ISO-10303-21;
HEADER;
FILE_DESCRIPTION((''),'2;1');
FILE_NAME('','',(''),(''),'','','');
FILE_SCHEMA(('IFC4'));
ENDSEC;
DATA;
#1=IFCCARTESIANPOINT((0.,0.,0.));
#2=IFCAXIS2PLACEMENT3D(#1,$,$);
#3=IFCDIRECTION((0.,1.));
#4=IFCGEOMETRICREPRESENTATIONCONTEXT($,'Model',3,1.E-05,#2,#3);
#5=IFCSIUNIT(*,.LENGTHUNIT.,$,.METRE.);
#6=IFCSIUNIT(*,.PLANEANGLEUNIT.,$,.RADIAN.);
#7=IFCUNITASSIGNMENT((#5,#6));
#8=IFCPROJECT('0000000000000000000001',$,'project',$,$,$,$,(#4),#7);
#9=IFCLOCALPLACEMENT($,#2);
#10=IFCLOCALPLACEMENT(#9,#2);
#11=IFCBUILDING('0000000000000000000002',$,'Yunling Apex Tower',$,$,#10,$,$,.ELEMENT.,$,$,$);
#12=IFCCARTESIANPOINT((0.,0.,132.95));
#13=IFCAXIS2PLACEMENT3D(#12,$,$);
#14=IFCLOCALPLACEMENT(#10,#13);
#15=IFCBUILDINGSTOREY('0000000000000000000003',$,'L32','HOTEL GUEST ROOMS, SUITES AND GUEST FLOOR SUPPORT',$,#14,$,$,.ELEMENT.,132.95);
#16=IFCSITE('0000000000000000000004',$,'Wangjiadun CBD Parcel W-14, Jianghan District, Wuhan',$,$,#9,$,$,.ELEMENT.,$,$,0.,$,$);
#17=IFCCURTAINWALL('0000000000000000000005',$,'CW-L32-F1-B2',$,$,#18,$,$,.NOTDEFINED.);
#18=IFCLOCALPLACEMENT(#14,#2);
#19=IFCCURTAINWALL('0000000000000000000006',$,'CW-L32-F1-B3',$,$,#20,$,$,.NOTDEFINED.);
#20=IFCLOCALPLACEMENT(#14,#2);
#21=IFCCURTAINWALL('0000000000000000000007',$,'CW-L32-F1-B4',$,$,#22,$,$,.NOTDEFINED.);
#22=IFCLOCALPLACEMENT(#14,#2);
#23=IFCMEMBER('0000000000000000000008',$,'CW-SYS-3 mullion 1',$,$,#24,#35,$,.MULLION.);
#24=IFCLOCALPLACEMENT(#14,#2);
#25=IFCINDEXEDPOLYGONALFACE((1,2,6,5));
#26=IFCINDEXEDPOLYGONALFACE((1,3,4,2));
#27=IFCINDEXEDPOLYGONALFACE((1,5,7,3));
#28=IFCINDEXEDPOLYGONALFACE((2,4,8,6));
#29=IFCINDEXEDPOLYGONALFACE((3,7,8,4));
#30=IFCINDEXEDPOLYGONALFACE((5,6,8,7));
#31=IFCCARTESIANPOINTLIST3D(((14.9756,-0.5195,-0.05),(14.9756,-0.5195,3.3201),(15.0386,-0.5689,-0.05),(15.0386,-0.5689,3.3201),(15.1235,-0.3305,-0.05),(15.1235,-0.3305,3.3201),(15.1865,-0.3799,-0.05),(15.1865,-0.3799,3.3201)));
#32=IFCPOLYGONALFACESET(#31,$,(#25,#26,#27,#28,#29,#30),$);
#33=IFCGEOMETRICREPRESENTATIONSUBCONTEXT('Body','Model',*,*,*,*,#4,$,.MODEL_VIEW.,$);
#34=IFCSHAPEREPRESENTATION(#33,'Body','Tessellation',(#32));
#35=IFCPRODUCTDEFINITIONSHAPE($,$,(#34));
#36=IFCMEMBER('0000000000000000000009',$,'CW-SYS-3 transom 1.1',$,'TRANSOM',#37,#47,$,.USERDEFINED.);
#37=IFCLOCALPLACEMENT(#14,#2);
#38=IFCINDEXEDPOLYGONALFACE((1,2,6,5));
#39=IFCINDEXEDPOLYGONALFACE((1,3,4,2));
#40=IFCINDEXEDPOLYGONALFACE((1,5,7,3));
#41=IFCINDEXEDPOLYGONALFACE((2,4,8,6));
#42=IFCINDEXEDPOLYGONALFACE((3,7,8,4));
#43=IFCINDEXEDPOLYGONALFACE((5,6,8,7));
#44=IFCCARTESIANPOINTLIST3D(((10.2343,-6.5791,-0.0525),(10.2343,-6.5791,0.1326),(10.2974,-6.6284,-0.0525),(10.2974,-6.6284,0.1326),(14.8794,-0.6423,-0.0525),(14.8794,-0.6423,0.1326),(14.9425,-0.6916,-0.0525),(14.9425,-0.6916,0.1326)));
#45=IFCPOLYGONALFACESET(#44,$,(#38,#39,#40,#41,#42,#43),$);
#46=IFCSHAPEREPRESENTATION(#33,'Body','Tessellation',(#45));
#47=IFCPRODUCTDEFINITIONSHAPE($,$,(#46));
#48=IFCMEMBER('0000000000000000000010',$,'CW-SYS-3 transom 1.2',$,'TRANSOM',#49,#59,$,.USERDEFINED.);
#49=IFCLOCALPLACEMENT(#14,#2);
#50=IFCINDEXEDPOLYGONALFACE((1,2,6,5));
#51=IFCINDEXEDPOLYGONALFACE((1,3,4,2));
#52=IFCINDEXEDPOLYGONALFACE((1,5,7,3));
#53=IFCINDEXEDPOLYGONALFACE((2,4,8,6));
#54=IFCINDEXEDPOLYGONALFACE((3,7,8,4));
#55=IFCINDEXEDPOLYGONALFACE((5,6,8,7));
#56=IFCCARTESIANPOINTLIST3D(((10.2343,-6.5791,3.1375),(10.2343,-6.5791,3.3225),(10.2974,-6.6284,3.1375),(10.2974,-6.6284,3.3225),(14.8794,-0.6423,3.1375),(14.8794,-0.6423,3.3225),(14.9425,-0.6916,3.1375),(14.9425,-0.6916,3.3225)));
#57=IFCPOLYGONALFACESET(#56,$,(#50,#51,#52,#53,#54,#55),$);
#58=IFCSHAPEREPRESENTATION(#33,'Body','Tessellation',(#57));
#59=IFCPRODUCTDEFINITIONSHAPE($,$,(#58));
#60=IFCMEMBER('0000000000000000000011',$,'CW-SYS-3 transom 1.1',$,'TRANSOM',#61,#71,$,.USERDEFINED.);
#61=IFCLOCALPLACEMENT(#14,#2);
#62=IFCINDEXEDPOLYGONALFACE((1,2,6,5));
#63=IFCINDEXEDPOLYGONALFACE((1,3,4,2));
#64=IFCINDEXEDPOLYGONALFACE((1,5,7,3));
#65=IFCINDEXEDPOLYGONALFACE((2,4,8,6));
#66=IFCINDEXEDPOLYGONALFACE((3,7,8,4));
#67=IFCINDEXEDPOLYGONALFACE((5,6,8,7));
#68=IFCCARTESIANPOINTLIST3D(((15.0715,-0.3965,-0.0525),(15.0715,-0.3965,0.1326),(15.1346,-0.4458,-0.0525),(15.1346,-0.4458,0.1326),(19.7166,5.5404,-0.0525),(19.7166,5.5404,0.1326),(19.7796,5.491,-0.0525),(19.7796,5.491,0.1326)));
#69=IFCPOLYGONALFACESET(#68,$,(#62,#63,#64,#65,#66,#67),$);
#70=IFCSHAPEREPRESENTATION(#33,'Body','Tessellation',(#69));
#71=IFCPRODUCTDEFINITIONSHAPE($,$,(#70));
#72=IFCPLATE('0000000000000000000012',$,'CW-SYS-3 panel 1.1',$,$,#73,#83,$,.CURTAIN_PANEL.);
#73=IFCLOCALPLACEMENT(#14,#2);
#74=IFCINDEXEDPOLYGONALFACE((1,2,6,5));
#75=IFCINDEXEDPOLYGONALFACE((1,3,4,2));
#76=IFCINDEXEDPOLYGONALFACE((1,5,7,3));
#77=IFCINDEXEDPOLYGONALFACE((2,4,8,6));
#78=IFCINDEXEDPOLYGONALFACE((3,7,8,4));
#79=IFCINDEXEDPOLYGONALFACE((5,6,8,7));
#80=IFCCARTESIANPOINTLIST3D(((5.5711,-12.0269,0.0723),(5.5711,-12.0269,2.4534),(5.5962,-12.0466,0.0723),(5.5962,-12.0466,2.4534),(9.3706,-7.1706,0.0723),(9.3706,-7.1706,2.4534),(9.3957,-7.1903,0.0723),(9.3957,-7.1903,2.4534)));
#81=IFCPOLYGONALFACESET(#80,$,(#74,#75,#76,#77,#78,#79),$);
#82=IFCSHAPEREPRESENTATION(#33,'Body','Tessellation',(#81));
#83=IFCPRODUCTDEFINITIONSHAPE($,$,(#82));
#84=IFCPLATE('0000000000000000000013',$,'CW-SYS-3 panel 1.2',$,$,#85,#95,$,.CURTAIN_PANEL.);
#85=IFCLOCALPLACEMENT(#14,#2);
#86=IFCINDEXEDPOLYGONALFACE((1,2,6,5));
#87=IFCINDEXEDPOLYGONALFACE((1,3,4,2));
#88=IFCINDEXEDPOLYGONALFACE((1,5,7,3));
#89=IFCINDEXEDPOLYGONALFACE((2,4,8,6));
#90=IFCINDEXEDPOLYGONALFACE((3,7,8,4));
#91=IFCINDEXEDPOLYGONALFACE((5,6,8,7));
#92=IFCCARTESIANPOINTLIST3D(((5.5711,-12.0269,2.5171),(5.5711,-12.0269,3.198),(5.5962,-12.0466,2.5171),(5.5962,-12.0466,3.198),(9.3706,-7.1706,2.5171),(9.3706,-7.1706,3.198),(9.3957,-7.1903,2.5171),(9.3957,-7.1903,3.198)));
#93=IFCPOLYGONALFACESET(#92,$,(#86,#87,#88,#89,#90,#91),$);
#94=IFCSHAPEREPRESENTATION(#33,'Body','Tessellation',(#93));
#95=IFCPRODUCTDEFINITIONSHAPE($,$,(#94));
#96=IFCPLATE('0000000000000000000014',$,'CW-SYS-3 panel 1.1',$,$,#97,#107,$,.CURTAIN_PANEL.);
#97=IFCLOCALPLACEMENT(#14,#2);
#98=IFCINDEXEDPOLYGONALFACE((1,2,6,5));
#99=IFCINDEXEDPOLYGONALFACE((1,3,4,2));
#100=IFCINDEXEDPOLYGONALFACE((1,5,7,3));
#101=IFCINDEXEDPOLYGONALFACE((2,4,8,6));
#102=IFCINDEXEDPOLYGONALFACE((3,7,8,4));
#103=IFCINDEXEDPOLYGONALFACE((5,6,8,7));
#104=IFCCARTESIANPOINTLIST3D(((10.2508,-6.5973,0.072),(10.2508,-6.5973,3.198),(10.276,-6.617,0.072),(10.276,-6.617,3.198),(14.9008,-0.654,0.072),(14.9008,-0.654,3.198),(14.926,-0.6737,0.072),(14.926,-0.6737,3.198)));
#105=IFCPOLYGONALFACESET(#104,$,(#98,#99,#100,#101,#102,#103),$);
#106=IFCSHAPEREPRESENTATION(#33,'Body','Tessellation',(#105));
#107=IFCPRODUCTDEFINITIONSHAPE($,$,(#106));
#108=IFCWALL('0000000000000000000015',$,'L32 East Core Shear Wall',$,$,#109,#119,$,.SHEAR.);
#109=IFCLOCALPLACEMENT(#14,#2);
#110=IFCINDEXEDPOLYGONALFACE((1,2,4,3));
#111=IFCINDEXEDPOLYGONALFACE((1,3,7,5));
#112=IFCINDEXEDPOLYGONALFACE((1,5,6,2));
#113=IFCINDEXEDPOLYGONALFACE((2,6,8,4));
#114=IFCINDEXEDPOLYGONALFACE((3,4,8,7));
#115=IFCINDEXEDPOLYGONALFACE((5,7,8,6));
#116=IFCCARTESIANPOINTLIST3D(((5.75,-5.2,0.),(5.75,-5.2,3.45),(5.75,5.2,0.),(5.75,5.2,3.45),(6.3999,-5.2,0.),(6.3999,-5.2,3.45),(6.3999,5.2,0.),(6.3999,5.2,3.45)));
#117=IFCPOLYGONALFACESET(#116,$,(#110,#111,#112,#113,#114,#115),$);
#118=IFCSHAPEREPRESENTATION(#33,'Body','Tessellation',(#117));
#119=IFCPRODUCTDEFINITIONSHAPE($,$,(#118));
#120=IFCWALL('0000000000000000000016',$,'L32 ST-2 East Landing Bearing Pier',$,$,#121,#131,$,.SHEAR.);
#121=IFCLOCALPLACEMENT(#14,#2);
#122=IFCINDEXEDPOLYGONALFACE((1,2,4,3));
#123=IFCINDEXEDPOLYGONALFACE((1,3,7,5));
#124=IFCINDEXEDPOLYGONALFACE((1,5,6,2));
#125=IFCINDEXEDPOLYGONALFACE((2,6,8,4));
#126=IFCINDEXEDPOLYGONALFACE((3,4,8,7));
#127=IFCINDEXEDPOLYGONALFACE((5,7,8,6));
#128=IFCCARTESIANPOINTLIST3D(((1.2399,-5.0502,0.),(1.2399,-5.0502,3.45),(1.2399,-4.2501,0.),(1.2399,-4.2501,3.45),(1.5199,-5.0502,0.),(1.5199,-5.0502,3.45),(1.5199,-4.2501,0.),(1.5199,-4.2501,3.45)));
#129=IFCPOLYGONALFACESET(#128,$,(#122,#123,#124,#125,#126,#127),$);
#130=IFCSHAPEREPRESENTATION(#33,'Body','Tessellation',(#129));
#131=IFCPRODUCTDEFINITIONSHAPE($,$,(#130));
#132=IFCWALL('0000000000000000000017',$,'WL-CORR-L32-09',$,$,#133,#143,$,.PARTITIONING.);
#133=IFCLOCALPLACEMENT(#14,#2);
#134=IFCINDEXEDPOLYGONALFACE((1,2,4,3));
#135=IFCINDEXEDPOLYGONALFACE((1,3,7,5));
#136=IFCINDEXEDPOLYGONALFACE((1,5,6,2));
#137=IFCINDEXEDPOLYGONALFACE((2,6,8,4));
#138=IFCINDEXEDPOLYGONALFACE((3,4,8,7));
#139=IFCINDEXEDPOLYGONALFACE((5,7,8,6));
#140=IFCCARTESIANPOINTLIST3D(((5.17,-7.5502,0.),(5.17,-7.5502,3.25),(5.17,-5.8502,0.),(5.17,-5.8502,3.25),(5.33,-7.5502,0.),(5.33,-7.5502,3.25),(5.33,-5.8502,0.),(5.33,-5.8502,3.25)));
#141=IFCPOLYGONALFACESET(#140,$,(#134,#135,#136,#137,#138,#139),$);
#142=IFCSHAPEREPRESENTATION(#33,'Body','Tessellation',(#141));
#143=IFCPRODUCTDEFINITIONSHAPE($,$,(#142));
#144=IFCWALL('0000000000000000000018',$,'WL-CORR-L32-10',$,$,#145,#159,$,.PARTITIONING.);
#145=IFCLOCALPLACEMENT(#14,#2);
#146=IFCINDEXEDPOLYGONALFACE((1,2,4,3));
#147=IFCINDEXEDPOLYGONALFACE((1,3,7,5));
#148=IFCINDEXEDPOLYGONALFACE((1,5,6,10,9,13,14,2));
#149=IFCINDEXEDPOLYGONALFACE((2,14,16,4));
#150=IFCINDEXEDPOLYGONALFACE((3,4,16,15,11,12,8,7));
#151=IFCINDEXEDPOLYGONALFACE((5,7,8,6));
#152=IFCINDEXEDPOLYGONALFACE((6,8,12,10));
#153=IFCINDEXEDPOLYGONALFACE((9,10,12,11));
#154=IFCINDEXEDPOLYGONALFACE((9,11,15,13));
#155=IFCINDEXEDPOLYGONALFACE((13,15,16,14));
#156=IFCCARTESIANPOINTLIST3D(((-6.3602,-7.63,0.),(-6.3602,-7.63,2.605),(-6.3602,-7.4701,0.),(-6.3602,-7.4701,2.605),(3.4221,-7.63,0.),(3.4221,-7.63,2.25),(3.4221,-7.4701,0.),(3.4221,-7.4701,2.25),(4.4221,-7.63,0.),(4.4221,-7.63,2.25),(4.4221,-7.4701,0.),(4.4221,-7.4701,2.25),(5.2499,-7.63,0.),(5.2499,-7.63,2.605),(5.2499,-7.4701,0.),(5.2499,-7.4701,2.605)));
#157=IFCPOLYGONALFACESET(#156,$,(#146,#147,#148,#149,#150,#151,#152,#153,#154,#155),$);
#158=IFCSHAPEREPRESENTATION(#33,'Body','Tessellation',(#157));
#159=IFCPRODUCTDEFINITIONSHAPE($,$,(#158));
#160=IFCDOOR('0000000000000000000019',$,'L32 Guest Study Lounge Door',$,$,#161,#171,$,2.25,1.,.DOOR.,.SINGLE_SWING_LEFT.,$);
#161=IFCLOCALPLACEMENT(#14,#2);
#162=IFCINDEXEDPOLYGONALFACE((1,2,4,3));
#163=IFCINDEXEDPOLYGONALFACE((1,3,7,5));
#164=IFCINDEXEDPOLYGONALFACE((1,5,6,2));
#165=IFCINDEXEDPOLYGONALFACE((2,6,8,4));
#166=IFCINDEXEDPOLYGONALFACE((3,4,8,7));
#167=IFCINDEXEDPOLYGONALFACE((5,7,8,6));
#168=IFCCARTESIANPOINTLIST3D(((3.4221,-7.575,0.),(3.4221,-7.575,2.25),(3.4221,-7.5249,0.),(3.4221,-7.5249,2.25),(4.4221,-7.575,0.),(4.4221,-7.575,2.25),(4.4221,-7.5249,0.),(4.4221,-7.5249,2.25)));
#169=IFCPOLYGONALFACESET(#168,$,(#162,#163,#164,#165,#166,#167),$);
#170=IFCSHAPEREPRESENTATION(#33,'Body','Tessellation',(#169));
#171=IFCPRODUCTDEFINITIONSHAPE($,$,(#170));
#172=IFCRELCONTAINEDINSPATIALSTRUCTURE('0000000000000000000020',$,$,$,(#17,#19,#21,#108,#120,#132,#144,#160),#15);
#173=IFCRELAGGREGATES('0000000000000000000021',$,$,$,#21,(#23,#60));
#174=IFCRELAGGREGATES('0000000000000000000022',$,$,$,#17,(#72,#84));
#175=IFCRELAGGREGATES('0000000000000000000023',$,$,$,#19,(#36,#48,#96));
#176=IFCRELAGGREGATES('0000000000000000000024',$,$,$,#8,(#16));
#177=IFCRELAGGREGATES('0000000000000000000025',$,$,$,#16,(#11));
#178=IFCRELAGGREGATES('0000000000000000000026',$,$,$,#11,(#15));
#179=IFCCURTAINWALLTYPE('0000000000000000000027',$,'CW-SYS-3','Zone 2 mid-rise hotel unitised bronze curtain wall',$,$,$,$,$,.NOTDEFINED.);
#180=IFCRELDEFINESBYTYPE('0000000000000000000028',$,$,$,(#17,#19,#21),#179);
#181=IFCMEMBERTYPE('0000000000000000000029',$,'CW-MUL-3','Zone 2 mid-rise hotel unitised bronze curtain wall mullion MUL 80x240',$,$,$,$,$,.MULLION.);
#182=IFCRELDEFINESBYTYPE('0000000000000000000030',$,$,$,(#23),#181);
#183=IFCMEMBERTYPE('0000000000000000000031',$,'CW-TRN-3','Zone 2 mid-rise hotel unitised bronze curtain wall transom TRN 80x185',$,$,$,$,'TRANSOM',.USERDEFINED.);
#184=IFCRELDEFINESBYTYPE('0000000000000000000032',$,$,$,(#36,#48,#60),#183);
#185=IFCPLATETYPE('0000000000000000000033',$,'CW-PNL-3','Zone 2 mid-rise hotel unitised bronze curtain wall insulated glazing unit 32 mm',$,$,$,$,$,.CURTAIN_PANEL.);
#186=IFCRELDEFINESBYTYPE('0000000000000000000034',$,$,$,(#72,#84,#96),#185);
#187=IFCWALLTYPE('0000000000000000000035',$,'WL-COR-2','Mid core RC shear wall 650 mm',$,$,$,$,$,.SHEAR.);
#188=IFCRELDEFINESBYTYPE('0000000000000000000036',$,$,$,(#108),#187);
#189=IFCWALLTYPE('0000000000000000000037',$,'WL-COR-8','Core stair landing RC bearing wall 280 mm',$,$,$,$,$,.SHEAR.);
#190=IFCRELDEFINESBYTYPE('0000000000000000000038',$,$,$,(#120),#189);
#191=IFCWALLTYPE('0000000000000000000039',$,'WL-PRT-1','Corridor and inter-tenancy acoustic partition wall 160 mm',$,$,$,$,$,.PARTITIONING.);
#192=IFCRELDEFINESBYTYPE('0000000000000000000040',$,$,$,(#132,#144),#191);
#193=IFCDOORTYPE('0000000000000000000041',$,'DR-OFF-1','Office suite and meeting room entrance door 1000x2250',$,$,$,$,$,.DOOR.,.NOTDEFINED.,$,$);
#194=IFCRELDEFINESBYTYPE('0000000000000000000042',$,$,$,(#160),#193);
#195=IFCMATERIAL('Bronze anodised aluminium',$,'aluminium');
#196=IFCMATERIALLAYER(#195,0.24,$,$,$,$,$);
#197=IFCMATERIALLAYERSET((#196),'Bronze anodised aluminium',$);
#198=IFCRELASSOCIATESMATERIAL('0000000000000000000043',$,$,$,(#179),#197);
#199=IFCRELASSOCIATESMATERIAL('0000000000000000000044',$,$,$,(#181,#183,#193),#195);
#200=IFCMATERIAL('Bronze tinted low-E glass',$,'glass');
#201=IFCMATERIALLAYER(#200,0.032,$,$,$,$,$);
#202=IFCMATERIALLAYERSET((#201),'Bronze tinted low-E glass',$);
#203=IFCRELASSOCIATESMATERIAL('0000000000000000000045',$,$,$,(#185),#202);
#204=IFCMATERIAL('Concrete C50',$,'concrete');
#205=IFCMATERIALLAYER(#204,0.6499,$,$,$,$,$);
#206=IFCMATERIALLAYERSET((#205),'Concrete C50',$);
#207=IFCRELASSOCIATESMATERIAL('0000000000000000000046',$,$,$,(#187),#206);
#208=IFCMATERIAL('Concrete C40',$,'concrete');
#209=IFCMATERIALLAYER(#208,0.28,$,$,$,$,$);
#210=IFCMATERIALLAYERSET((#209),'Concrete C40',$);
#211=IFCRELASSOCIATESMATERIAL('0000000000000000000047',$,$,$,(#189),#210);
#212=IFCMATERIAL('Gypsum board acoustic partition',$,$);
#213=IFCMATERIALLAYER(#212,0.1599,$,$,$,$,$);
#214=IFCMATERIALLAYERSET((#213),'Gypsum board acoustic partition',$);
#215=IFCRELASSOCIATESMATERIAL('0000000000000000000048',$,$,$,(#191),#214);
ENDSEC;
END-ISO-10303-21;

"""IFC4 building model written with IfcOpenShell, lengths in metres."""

from ifc_helpers import new_model, si_unit, direction, frame, frame_2d, origin, origin_2d, place, context, subcontext, project, spatial, rectangle, extrude, source, transform, mapped, material, layer, layer_set, material_profile, profile_set, type_object, element, fill, aggregate, save


model = new_model("IFC4")

# Units and contexts
model_context = context("Model", 3, precision=1e-05, world=origin(), true_north=direction((0.0, 1.0)))
body_context = subcontext(model_context, "Body", "Model", "MODEL_VIEW")
ifc_project = project(units=[si_unit("LENGTHUNIT", "METRE"), si_unit("PLANEANGLEUNIT", "RADIAN")], contexts=[model_context])

# Site, building, storey
site_placement = place(None, origin())
site = spatial("IfcSite", under=ifc_project, at=site_placement, Name="Wangjiadun CBD Parcel W-14, Jianghan District, Wuhan", CompositionType="ELEMENT", RefElevation=0.0)
building_placement = place(site_placement, origin())
building = spatial("IfcBuilding", under=site, at=building_placement, Name="Yunling Apex Tower", CompositionType="ELEMENT")
storey_placement = place(building_placement, frame((0.0, 0.0, 132.95)))
storey = spatial("IfcBuildingStorey", under=building, at=storey_placement, Name="L32", Description="HOTEL GUEST ROOMS, SUITES AND GUEST FLOOR SUPPORT", CompositionType="ELEMENT", Elevation=132.95)

# Curtain wall
ifc_material_1 = material(Name="Bronze anodised aluminium", Category="aluminium")
ifc_layer_1 = layer(ifc_material_1, 0.24)
ifc_layer_set_1 = layer_set([ifc_layer_1], Name="Bronze anodised aluminium")
curtain_wall_type = type_object("IfcCurtainWallType", Name="CW-SYS-3", Description="Zone 2 mid-rise hotel unitised bronze curtain wall", PredefinedType="NOTDEFINED", material=ifc_layer_set_1)
curtain_wall_1_placement = place(storey_placement, origin())
curtain_wall_1 = element("IfcCurtainWall", 1, at=curtain_wall_1_placement, inside=storey, type_object=curtain_wall_type, Name="CW-L32-F1-B2", PredefinedType="NOTDEFINED")
ifc_material_profile_1 = material_profile(ifc_material_1, rectangle(XDim=0.0801, YDim=0.24, at=origin_2d()))
ifc_profile_set_1 = profile_set([ifc_material_profile_1], Name="Bronze anodised aluminium")
member_type_1 = type_object("IfcMemberType", Name="CW-MUL-3", Description="Zone 2 mid-rise hotel unitised bronze curtain wall mullion MUL 80x240", PredefinedType="MULLION", material=ifc_profile_set_1)
shared_shape_1 = source(origin(), body_context, "Body", "SweptSolid", [
    extrude(rectangle(XDim=0.0801, YDim=0.24, at=origin_2d()), origin(), (0.0, 0.0, 1.0), 3.3701),
])

# Curtain wall
curtain_wall_2_placement = place(storey_placement, origin())
curtain_wall_2 = element("IfcCurtainWall", 2, at=curtain_wall_2_placement, inside=storey, type_object=curtain_wall_type, Name="CW-L32-F1-B3", PredefinedType="NOTDEFINED")

# Curtain wall, member
curtain_wall_3_placement = place(storey_placement, origin())
curtain_wall_3 = element("IfcCurtainWall", 3, at=curtain_wall_3_placement, inside=storey, type_object=curtain_wall_type, Name="CW-L32-F1-B4", PredefinedType="NOTDEFINED")
member_1_placement = place(storey_placement, frame((15.0811, -0.4497, -0.05), z_axis=(0.0, 0.0, 1.0), x_axis=(-0.787584, 0.616208, 0.0)))
member_1 = element("IfcMember", 4, at=member_1_placement, type_object=member_type_1, Name="CW-SYS-3 mullion 1", PredefinedType="MULLION", context=body_context, shape_type="MappedRepresentation", body=[
    mapped(shared_shape_1, transform((0.0, 0.0, 0.0), scale=1.0)),
])

# Members
ifc_material_profile_2 = material_profile(ifc_material_1, rectangle(XDim=0.0801, YDim=0.1851, at=origin_2d()))
ifc_profile_set_2 = profile_set([ifc_material_profile_2], Name="Bronze anodised aluminium")
member_type_2 = type_object("IfcMemberType", Name="CW-TRN-3", Description="Zone 2 mid-rise hotel unitised bronze curtain wall transom TRN 80x185", ElementType="TRANSOM", PredefinedType="USERDEFINED", material=ifc_profile_set_2)
shared_shape_2 = source(origin(), body_context, "Body", "SweptSolid", [
    extrude(rectangle(XDim=0.0801, YDim=0.1851, at=origin_2d()), origin(), (0.0, 0.0, 1.0), 7.5381),
])
member_2_placement = place(storey_placement, frame((10.2659, -6.6038, 0.04), z_axis=(0.616214, 0.787579, 0.0), x_axis=(-0.787579, 0.616214, 0.0)))
member_2 = element("IfcMember", 5, at=member_2_placement, type_object=member_type_2, Name="CW-SYS-3 transom 1.1", ObjectType="TRANSOM", PredefinedType="USERDEFINED", context=body_context, shape_type="MappedRepresentation", body=[
    mapped(shared_shape_2, transform((0.0, 0.0, 0.0), scale=1.0)),
])
member_3_placement = place(storey_placement, frame((10.2659, -6.6038, 3.23), z_axis=(0.616214, 0.787579, 0.0), x_axis=(-0.787579, 0.616214, 0.0)))
member_3 = element("IfcMember", 6, at=member_3_placement, type_object=member_type_2, Name="CW-SYS-3 transom 1.2", ObjectType="TRANSOM", PredefinedType="USERDEFINED", context=body_context, shape_type="MappedRepresentation", body=[
    mapped(shared_shape_2, transform((0.0, 0.0, 0.0), scale=1.0)),
])
member_4_placement = place(storey_placement, frame((15.103, -0.4211, 0.04), z_axis=(0.616214, 0.787579, 0.0), x_axis=(-0.787579, 0.616214, 0.0)))
member_4 = element("IfcMember", 7, at=member_4_placement, type_object=member_type_2, Name="CW-SYS-3 transom 1.1", ObjectType="TRANSOM", PredefinedType="USERDEFINED", context=body_context, shape_type="MappedRepresentation", body=[
    mapped(shared_shape_2, transform((0.0, 0.0, 0.0), scale=1.0)),
])
aggregate(curtain_wall_3, [member_1, member_4])

# Plates
ifc_material_2 = material(Name="Bronze tinted low-E glass", Category="glass")
ifc_layer_2 = layer(ifc_material_2, 0.032)
ifc_layer_set_2 = layer_set([ifc_layer_2], Name="Bronze tinted low-E glass")
plate_type = type_object("IfcPlateType", Name="CW-PNL-3", Description="Zone 2 mid-rise hotel unitised bronze curtain wall insulated glazing unit 32 mm", PredefinedType="CURTAIN_PANEL", material=ifc_layer_set_2)
shared_shape_3 = source(origin(), body_context, "Body", "SweptSolid", [
    extrude(rectangle(XDim=6.166, YDim=0.032, at=origin_2d()), origin(), (0.0, 0.0, 1.0), 2.3811),
])
plate_1_placement = place(storey_placement, frame((7.4834, -9.6086, 0.0723), z_axis=(0.0, 0.0, 1.0), x_axis=(0.616199, 0.78759, 0.0)))
plate_1 = element("IfcPlate", 8, at=plate_1_placement, type_object=plate_type, Name="CW-SYS-3 panel 1.1", PredefinedType="CURTAIN_PANEL", context=body_context, shape_type="MappedRepresentation", body=[
    mapped(shared_shape_3, transform((0.0, 0.0, 0.0), scale=1.0)),
])
shared_shape_4 = source(origin(), body_context, "Body", "SweptSolid", [
    extrude(rectangle(XDim=6.166, YDim=0.032, at=origin_2d()), origin(), (0.0, 0.0, 1.0), 0.6809),
])
plate_2_placement = place(storey_placement, frame((7.4834, -9.6086, 2.5171), z_axis=(0.0, 0.0, 1.0), x_axis=(0.616199, 0.78759, 0.0)))
plate_2 = element("IfcPlate", 9, at=plate_2_placement, type_object=plate_type, Name="CW-SYS-3 panel 1.2", PredefinedType="CURTAIN_PANEL", context=body_context, shape_type="MappedRepresentation", body=[
    mapped(shared_shape_4, transform((0.0, 0.0, 0.0), scale=1.0)),
])
aggregate(curtain_wall_1, [plate_1, plate_2])
shared_shape_5 = source(origin(), body_context, "Body", "SweptSolid", [
    extrude(rectangle(XDim=7.5461, YDim=0.032, at=origin_2d()), origin(), (0.0, 0.0, 1.0), 3.126),
])
plate_3_placement = place(storey_placement, frame((12.5884, -3.6355, 0.072), z_axis=(0.0, 0.0, 1.0), x_axis=(0.616208, 0.787584, 0.0)))
plate_3 = element("IfcPlate", 10, at=plate_3_placement, type_object=plate_type, Name="CW-SYS-3 panel 1.1", PredefinedType="CURTAIN_PANEL", context=body_context, shape_type="MappedRepresentation", body=[
    mapped(shared_shape_5, transform((0.0, 0.0, 0.0), scale=1.0)),
])
aggregate(curtain_wall_2, [member_2, member_3, plate_3])

# Walls
ifc_material_3 = material(Name="Concrete C50", Category="concrete")
ifc_layer_3 = layer(ifc_material_3, 0.6499)
ifc_layer_set_3 = layer_set([ifc_layer_3], Name="Concrete C50")
wall_type_1 = type_object("IfcWallType", Name="WL-COR-2", Description="Mid core RC shear wall 650 mm", PredefinedType="SHEAR", material=ifc_layer_set_3)
wall_1_placement = place(storey_placement, frame((6.075, -5.2, 0.0), z_axis=(0.0, 0.0, 1.0), x_axis=(0.0, 1.0, 0.0)))
element("IfcWall", 11, at=wall_1_placement, inside=storey, type_object=wall_type_1, Name="L32 East Core Shear Wall", PredefinedType="SHEAR", context=body_context, shape_type="SweptSolid", body=[
    extrude(rectangle(XDim=10.3999, YDim=0.6499, at=frame_2d((5.2, 0.0))), origin(), (0.0, 0.0, 1.0), 3.45),
])
ifc_material_4 = material(Name="Concrete C40", Category="concrete")
ifc_layer_4 = layer(ifc_material_4, 0.28)
ifc_layer_set_4 = layer_set([ifc_layer_4], Name="Concrete C40")
wall_type_2 = type_object("IfcWallType", Name="WL-COR-8", Description="Core stair landing RC bearing wall 280 mm", PredefinedType="SHEAR", material=ifc_layer_set_4)
wall_2_placement = place(storey_placement, frame((1.3799, -5.05, 0.0), z_axis=(0.0, 0.0, 1.0), x_axis=(0.0, 1.0, 0.0)))
element("IfcWall", 12, at=wall_2_placement, inside=storey, type_object=wall_type_2, Name="L32 ST-2 East Landing Bearing Pier", PredefinedType="SHEAR", context=body_context, shape_type="SweptSolid", body=[
    extrude(rectangle(XDim=0.8, YDim=0.28, at=frame_2d((0.3999, 0.0))), origin(), (0.0, 0.0, 1.0), 3.45),
])
ifc_material_5 = material(Name="Gypsum board acoustic partition")
ifc_layer_5 = layer(ifc_material_5, 0.1599)
ifc_layer_set_5 = layer_set([ifc_layer_5], Name="Gypsum board acoustic partition")
wall_type_3 = type_object("IfcWallType", Name="WL-PRT-1", Description="Corridor and inter-tenancy acoustic partition wall 160 mm", PredefinedType="PARTITIONING", material=ifc_layer_set_5)
wall_3_placement = place(storey_placement, frame((5.25, -5.8501, 0.0), z_axis=(0.0, 0.0, 1.0), x_axis=(0.0, -1.0, 0.0)))
element("IfcWall", 13, at=wall_3_placement, inside=storey, type_object=wall_type_3, Name="WL-CORR-L32-09", PredefinedType="PARTITIONING", context=body_context, shape_type="SweptSolid", body=[
    extrude(rectangle(XDim=1.7, YDim=0.1599, at=frame_2d((0.8501, 0.0))), origin(), (0.0, 0.0, 1.0), 3.25),
])

# Wall, opening, door
wall_4_placement = place(storey_placement, frame((5.25, -7.55, 0.0), z_axis=(0.0, 0.0, 1.0), x_axis=(-1.0, 0.0, 0.0)))
wall_4 = element("IfcWall", 14, at=wall_4_placement, inside=storey, type_object=wall_type_3, Name="WL-CORR-L32-10", PredefinedType="PARTITIONING", context=body_context, shape_type="SweptSolid", body=[
    extrude(rectangle(XDim=11.6101, YDim=0.1599, at=frame_2d((5.8052, 0.0))), origin(), (0.0, 0.0, 1.0), 2.605),
])
opening_1_placement = place(wall_4_placement, frame((0.8279, 0.0, 0.0)))
opening_1 = element("IfcOpeningElement", 15, at=opening_1_placement, cuts=wall_4, PredefinedType="OPENING", context=body_context, shape_type="SweptSolid", body=[
    extrude(rectangle(XDim=1.0, YDim=2.25, at=frame_2d((0.5, 1.125))), frame((0.0, 0.0898, 0.0), z_axis=(0.0, -1.0, 0.0), x_axis=(1.0, 0.0, 0.0)), (0.0, 0.0, 1.0), 0.1799),
])
door_type_1 = type_object("IfcDoorType", Name="DR-OFF-1", Description="Office suite and meeting room entrance door 1000x2250", OperationType="NOTDEFINED", PredefinedType="DOOR", material=ifc_material_1)
door_1_placement = place(opening_1_placement, origin())
door_1 = element("IfcDoor", 16, at=door_1_placement, inside=storey, type_object=door_type_1, Name="L32 Guest Study Lounge Door", OperationType="SINGLE_SWING_LEFT", OverallHeight=2.25, OverallWidth=1.0, PredefinedType="DOOR", context=body_context, shape_type="SweptSolid", body=[
    extrude(rectangle(XDim=1.0, YDim=2.25, at=frame_2d((0.5, 1.125))), frame((0.0, 0.0249, 0.0), z_axis=(0.0, -1.0, 0.0), x_axis=(1.0, 0.0, 0.0)), (0.0, 0.0, 1.0), 0.05),
])
fill(opening_1, door_1)

save(model, "model.ifc")
